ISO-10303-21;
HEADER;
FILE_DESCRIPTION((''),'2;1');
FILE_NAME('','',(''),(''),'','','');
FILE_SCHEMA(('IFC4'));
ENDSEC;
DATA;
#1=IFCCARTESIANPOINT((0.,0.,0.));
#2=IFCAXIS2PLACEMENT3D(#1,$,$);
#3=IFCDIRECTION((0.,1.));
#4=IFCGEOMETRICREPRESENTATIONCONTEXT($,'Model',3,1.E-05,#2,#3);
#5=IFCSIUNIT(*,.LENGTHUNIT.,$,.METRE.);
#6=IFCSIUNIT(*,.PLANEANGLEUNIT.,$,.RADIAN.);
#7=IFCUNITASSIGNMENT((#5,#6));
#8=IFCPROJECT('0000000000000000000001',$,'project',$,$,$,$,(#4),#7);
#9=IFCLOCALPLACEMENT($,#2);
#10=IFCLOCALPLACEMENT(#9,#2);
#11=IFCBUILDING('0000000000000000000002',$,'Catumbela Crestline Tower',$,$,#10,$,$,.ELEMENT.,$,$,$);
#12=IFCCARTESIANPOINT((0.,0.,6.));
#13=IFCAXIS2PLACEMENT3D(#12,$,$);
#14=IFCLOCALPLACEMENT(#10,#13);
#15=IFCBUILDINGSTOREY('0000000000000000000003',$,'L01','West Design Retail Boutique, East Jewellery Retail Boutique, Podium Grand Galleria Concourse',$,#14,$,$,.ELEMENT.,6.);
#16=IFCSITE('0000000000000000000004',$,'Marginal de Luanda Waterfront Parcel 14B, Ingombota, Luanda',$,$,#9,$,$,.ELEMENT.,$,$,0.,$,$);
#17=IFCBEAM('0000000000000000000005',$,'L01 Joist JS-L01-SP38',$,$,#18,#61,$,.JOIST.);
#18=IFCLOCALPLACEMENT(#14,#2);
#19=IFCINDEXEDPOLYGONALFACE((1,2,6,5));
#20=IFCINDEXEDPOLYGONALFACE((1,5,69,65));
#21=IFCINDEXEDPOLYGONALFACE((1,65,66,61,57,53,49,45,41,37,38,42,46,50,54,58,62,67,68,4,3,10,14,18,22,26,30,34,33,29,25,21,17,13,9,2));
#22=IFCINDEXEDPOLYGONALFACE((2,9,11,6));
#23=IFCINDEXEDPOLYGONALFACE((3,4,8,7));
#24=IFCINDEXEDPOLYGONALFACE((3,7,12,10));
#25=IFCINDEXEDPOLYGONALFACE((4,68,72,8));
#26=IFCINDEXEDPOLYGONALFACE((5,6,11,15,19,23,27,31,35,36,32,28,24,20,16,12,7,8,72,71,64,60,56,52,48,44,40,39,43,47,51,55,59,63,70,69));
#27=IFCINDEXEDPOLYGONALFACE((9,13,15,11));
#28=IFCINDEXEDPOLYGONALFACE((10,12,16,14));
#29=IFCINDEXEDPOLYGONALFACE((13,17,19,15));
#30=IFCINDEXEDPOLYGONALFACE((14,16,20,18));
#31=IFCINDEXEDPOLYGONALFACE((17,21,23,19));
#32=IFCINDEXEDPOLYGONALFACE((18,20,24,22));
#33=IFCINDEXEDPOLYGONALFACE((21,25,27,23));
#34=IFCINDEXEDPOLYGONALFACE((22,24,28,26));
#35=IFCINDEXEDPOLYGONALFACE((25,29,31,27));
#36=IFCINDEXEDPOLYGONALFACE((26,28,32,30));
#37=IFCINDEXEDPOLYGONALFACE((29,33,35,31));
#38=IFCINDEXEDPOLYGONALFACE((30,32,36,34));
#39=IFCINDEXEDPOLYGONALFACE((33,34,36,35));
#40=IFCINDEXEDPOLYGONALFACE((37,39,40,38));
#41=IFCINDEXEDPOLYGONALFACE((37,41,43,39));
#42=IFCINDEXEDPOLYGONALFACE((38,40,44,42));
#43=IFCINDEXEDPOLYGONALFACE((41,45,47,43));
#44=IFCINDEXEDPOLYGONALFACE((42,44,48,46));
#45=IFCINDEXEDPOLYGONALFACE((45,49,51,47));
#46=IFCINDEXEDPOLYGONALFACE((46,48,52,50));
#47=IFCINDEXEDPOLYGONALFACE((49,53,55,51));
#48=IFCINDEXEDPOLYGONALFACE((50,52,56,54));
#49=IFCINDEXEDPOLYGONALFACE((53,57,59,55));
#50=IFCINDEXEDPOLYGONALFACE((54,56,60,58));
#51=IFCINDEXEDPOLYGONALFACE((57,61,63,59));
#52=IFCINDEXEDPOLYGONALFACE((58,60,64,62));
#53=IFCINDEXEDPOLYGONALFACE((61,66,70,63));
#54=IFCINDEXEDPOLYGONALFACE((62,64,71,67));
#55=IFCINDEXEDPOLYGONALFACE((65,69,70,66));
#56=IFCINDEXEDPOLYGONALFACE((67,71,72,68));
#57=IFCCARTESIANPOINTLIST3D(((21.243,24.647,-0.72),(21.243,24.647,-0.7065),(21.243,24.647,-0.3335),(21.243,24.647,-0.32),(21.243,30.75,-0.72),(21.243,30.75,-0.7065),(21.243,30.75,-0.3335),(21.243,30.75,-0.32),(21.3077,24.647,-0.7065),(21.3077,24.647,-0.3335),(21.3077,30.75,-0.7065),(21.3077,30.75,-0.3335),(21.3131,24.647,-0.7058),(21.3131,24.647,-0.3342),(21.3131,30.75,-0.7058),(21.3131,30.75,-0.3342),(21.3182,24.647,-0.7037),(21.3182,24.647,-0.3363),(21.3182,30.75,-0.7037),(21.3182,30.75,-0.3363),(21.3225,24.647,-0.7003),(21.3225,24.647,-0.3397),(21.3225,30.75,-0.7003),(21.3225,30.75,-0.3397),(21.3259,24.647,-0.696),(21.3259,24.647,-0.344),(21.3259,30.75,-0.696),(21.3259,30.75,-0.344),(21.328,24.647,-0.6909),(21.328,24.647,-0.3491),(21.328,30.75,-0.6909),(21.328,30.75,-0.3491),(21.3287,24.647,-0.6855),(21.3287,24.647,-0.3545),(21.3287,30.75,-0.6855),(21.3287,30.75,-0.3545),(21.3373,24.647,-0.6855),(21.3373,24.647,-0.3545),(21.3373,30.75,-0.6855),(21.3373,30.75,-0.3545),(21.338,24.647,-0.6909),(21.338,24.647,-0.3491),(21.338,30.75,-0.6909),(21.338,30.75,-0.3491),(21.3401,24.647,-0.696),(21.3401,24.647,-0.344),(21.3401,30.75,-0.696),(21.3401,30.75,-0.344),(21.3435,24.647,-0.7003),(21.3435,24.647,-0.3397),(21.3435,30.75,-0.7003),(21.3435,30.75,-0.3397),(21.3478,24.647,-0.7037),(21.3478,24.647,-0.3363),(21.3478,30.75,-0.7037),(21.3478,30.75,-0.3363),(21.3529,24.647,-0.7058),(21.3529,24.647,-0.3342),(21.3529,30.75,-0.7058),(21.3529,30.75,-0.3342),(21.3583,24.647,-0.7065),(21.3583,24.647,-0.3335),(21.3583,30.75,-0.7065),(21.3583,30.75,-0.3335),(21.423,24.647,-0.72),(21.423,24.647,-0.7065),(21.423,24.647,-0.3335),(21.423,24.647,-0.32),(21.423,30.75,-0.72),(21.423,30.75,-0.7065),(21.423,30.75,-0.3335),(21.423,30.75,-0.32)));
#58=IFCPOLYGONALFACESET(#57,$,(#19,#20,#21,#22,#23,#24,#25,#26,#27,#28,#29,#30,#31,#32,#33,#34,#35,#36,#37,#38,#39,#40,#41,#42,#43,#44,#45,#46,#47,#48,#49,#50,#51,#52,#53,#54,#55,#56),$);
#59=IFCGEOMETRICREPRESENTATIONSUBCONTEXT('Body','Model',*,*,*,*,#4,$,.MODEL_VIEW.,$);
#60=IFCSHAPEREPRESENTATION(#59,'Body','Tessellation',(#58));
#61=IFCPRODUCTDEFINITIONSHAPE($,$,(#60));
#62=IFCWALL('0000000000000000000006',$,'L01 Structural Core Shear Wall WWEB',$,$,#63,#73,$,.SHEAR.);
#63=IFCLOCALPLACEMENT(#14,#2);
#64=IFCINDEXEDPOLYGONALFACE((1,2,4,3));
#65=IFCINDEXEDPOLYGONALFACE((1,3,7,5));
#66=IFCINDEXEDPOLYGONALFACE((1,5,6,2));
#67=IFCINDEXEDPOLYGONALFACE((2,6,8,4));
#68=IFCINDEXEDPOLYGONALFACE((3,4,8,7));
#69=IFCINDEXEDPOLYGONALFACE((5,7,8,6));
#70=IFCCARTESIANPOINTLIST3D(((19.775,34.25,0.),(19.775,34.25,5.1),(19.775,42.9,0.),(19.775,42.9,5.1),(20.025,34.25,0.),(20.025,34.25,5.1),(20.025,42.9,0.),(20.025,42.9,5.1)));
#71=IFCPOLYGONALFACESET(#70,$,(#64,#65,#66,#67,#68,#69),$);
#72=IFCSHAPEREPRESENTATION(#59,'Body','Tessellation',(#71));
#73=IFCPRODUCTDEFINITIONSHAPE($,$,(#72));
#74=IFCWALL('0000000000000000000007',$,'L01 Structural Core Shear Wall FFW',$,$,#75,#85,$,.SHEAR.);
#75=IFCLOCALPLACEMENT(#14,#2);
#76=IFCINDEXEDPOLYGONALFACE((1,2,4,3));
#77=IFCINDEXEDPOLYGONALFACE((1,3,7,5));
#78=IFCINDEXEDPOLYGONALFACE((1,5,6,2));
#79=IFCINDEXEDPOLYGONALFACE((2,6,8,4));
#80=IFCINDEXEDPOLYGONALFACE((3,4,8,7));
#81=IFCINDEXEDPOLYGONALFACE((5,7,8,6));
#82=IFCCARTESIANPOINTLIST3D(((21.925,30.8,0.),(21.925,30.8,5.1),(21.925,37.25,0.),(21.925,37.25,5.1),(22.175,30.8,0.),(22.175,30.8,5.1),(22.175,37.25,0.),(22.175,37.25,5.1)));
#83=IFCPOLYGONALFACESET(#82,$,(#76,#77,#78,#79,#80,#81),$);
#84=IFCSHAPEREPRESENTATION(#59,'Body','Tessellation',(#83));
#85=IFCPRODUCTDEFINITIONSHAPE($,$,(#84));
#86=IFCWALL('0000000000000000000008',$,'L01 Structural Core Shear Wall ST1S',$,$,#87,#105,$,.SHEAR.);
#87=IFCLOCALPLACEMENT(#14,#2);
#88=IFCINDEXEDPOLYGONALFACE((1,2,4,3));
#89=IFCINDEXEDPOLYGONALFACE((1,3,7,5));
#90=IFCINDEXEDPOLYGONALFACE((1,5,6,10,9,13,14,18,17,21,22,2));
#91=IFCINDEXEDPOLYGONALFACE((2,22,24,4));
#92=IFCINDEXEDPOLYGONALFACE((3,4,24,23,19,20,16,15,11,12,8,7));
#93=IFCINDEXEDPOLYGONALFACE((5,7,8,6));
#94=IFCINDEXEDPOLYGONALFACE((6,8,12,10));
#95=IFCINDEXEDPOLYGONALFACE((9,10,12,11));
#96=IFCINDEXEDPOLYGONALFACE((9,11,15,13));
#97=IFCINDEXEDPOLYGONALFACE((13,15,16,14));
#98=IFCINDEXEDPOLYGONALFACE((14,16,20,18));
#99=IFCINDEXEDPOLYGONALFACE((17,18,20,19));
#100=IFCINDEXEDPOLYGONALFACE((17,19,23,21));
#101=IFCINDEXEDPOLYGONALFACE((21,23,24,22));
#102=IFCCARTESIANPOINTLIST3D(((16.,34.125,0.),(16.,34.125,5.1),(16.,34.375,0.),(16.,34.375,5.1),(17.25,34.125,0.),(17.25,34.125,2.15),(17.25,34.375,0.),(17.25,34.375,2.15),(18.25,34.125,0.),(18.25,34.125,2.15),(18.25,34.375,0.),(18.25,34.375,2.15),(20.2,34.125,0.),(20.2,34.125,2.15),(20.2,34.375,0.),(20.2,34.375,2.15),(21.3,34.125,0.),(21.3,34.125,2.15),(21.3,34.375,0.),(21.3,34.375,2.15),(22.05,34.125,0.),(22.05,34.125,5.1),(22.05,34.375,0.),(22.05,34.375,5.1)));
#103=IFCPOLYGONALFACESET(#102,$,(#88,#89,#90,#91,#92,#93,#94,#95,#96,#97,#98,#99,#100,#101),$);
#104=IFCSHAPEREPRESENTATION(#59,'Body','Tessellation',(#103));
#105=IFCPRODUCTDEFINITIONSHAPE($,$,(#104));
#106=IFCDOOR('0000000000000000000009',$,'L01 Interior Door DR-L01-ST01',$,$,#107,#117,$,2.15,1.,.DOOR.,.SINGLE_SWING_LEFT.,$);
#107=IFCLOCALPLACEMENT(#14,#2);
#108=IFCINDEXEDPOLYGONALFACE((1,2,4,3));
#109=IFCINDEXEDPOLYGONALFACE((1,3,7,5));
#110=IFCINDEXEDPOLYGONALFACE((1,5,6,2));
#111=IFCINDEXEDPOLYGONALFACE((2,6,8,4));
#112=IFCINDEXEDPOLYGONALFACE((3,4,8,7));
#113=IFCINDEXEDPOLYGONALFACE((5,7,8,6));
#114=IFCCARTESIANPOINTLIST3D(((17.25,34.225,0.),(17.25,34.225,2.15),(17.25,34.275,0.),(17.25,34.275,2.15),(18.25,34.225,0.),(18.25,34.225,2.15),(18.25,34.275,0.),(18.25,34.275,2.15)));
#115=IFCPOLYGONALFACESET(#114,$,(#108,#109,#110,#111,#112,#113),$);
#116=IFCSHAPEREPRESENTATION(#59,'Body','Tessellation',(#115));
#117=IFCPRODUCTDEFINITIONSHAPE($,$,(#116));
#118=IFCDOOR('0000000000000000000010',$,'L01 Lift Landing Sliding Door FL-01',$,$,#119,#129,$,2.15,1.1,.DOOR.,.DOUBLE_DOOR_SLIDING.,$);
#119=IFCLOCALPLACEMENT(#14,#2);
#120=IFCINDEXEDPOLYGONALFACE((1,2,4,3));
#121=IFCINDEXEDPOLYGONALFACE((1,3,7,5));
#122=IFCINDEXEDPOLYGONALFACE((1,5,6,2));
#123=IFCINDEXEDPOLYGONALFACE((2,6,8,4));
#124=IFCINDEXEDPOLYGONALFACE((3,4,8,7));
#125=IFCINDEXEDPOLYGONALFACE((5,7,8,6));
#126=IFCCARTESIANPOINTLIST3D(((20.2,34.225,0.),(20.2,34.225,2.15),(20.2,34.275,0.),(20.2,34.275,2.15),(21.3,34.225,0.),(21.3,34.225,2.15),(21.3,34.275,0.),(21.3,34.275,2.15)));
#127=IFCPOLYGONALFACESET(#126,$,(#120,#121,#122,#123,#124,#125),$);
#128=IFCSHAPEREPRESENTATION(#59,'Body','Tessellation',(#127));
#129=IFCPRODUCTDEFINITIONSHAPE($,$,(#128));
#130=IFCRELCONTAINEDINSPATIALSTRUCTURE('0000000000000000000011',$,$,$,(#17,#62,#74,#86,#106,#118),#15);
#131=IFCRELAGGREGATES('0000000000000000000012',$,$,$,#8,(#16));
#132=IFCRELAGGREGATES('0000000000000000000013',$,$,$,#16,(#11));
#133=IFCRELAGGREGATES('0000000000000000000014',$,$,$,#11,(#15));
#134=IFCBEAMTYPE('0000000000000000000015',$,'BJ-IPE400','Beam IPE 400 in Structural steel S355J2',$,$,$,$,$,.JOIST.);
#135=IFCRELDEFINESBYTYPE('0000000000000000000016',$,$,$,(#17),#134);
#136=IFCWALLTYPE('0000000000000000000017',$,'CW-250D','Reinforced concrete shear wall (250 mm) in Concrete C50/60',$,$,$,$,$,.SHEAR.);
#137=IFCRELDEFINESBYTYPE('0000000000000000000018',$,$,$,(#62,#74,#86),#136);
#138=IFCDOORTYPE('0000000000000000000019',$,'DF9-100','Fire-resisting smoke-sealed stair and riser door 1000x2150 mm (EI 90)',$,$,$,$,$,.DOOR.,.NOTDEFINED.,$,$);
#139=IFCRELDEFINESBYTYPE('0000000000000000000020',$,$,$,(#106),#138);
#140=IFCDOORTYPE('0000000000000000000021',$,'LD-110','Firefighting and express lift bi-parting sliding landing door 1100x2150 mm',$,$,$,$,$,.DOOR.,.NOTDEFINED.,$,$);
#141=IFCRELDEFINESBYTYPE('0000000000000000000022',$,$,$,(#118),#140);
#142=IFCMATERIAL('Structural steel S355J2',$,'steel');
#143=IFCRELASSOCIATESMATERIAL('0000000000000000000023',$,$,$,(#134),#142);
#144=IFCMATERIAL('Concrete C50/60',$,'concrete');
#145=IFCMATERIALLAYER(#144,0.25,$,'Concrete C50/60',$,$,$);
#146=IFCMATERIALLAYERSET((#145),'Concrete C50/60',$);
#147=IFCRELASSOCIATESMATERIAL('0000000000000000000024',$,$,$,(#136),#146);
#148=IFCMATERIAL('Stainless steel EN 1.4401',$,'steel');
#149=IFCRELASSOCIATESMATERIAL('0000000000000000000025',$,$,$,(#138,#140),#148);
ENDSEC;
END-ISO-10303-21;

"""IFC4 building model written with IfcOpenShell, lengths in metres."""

from ifc_helpers import new_model, si_unit, direction, frame, frame_2d, origin, origin_2d, place, context, subcontext, project, spatial, rectangle, i_section, extrude, material, layer, layer_set, material_profile, profile_set, type_object, element, fill, save


model = new_model("IFC4")

# Units and contexts
model_context = context("Model", 3, precision=1e-05, world=origin(), true_north=direction((0.0, 1.0)))
body_context = subcontext(model_context, "Body", "Model", "MODEL_VIEW")
ifc_project = project(units=[si_unit("LENGTHUNIT", "METRE"), si_unit("PLANEANGLEUNIT", "RADIAN")], contexts=[model_context])

# Site, building, storey
site_placement = place(None, origin())
site = spatial("IfcSite", under=ifc_project, at=site_placement, Name="Marginal de Luanda Waterfront Parcel 14B, Ingombota, Luanda", CompositionType="ELEMENT", RefElevation=0.0)
building_placement = place(site_placement, origin())
building = spatial("IfcBuilding", under=site, at=building_placement, Name="Catumbela Crestline Tower", CompositionType="ELEMENT")
storey_placement = place(building_placement, frame((0.0, 0.0, 6.0)))
storey = spatial("IfcBuildingStorey", under=building, at=storey_placement, Name="L01", Description="West Design Retail Boutique, East Jewellery Retail Boutique, Podium Grand Galleria Concourse", CompositionType="ELEMENT", Elevation=6.0)

# Beam
ifc_material_1 = material(Name="Structural steel S355J2", Category="steel")
ifc_material_profile = material_profile(ifc_material_1, i_section(OverallWidth=0.18, OverallDepth=0.4, WebThickness=0.0086, FlangeThickness=0.0135, FilletRadius=0.021, at=origin_2d()), Name="IPE 400")
ifc_profile_set = profile_set([ifc_material_profile], Name="Structural steel S355J2")
beam_type = type_object("IfcBeamType", Name="BJ-IPE400", Description="Beam IPE 400 in Structural steel S355J2", PredefinedType="JOIST", material=ifc_profile_set)
beam_placement = place(storey_placement, frame((21.333, 24.647, -0.52), z_axis=(0.0, 1.0, 0.0), x_axis=(-1.0, 0.0, 0.0)))
element("IfcBeam", 1, at=beam_placement, inside=storey, type_object=beam_type, Name="L01 Joist JS-L01-SP38", PredefinedType="JOIST", context=body_context, shape_type="SweptSolid", body=[
    extrude(i_section(OverallWidth=0.18, OverallDepth=0.4, WebThickness=0.0086, FlangeThickness=0.0135, FilletRadius=0.021, at=origin_2d()), origin(), (0.0, 0.0, 1.0), 6.103),
])

# Walls
ifc_material_2 = material(Name="Concrete C50/60", Category="concrete")
ifc_layer_1 = layer(ifc_material_2, 0.25, Name="Concrete C50/60")
ifc_layer_set_1 = layer_set([ifc_layer_1], Name="Concrete C50/60")
wall_type_1 = type_object("IfcWallType", Name="CW-250D", Description="Reinforced concrete shear wall (250 mm) in Concrete C50/60", PredefinedType="SHEAR", material=ifc_layer_set_1)
wall_1_placement = place(storey_placement, frame((19.9, 34.25, 0.0), z_axis=(0.0, 0.0, 1.0), x_axis=(0.0, 1.0, 0.0)))
element("IfcWall", 2, at=wall_1_placement, inside=storey, type_object=wall_type_1, Name="L01 Structural Core Shear Wall WWEB", PredefinedType="SHEAR", context=body_context, shape_type="SweptSolid", body=[
    extrude(rectangle(XDim=8.65, YDim=0.25, at=frame_2d((4.325, 0.0))), origin(), (0.0, 0.0, 1.0), 5.1),
])
wall_2_placement = place(storey_placement, frame((22.05, 30.8, 0.0), z_axis=(0.0, 0.0, 1.0), x_axis=(0.0, 1.0, 0.0)))
element("IfcWall", 3, at=wall_2_placement, inside=storey, type_object=wall_type_1, Name="L01 Structural Core Shear Wall FFW", PredefinedType="SHEAR", context=body_context, shape_type="SweptSolid", body=[
    extrude(rectangle(XDim=6.45, YDim=0.25, at=frame_2d((3.225, 0.0))), origin(), (0.0, 0.0, 1.0), 5.1),
])

# Wall, openings, doors
wall_3_placement = place(storey_placement, frame((16.0, 34.25, 0.0), z_axis=(0.0, 0.0, 1.0), x_axis=(1.0, 0.0, 0.0)))
wall_3 = element("IfcWall", 4, at=wall_3_placement, inside=storey, type_object=wall_type_1, Name="L01 Structural Core Shear Wall ST1S", PredefinedType="SHEAR", context=body_context, shape_type="SweptSolid", body=[
    extrude(rectangle(XDim=6.05, YDim=0.25, at=frame_2d((3.025, 0.0))), origin(), (0.0, 0.0, 1.0), 5.1),
])
opening_1_placement = place(wall_3_placement, frame((1.25, 0.0, 0.0)))
opening_1 = element("IfcOpeningElement", 5, at=opening_1_placement, cuts=wall_3, PredefinedType="OPENING", context=body_context, shape_type="SweptSolid", body=[
    extrude(rectangle(XDim=1.0, YDim=2.15, at=frame_2d((0.5, 1.075))), frame((0.0, 0.135, 0.0), z_axis=(0.0, -1.0, 0.0), x_axis=(1.0, 0.0, 0.0)), (0.0, 0.0, 1.0), 0.27),
])
opening_2_placement = place(wall_3_placement, frame((4.2, 0.0, 0.0)))
opening_2 = element("IfcOpeningElement", 6, at=opening_2_placement, cuts=wall_3, PredefinedType="OPENING", context=body_context, shape_type="SweptSolid", body=[
    extrude(rectangle(XDim=1.1, YDim=2.15, at=frame_2d((0.55, 1.075))), frame((0.0, 0.135, 0.0), z_axis=(0.0, -1.0, 0.0), x_axis=(1.0, 0.0, 0.0)), (0.0, 0.0, 1.0), 0.27),
])
ifc_material_3 = material(Name="Stainless steel EN 1.4401", Category="steel")
door_type_1 = type_object("IfcDoorType", Name="DF9-100", Description="Fire-resisting smoke-sealed stair and riser door 1000x2150 mm (EI 90)", OperationType="NOTDEFINED", PredefinedType="DOOR", material=ifc_material_3)
door_1_placement = place(opening_1_placement, origin())
door_1 = element("IfcDoor", 7, at=door_1_placement, inside=storey, type_object=door_type_1, Name="L01 Interior Door DR-L01-ST01", OperationType="SINGLE_SWING_LEFT", OverallHeight=2.15, OverallWidth=1.0, PredefinedType="DOOR", context=body_context, shape_type="SweptSolid", body=[
    extrude(rectangle(XDim=1.0, YDim=2.15, at=frame_2d((0.5, 1.075))), frame((0.0, 0.025, 0.0), z_axis=(0.0, -1.0, 0.0), x_axis=(1.0, 0.0, 0.0)), (0.0, 0.0, 1.0), 0.05),
])
fill(opening_1, door_1)
door_type_2 = type_object("IfcDoorType", Name="LD-110", Description="Firefighting and express lift bi-parting sliding landing door 1100x2150 mm", OperationType="NOTDEFINED", PredefinedType="DOOR", material=ifc_material_3)
door_2_placement = place(opening_2_placement, origin())
door_2 = element("IfcDoor", 8, at=door_2_placement, inside=storey, type_object=door_type_2, Name="L01 Lift Landing Sliding Door FL-01", OperationType="DOUBLE_DOOR_SLIDING", OverallHeight=2.15, OverallWidth=1.1, PredefinedType="DOOR", context=body_context, shape_type="SweptSolid", body=[
    extrude(rectangle(XDim=1.1, YDim=2.15, at=frame_2d((0.55, 1.075))), frame((0.0, 0.025, 0.0), z_axis=(0.0, -1.0, 0.0), x_axis=(1.0, 0.0, 0.0)), (0.0, 0.0, 1.0), 0.05),
])
fill(opening_2, door_2)

save(model, "model.ifc")
